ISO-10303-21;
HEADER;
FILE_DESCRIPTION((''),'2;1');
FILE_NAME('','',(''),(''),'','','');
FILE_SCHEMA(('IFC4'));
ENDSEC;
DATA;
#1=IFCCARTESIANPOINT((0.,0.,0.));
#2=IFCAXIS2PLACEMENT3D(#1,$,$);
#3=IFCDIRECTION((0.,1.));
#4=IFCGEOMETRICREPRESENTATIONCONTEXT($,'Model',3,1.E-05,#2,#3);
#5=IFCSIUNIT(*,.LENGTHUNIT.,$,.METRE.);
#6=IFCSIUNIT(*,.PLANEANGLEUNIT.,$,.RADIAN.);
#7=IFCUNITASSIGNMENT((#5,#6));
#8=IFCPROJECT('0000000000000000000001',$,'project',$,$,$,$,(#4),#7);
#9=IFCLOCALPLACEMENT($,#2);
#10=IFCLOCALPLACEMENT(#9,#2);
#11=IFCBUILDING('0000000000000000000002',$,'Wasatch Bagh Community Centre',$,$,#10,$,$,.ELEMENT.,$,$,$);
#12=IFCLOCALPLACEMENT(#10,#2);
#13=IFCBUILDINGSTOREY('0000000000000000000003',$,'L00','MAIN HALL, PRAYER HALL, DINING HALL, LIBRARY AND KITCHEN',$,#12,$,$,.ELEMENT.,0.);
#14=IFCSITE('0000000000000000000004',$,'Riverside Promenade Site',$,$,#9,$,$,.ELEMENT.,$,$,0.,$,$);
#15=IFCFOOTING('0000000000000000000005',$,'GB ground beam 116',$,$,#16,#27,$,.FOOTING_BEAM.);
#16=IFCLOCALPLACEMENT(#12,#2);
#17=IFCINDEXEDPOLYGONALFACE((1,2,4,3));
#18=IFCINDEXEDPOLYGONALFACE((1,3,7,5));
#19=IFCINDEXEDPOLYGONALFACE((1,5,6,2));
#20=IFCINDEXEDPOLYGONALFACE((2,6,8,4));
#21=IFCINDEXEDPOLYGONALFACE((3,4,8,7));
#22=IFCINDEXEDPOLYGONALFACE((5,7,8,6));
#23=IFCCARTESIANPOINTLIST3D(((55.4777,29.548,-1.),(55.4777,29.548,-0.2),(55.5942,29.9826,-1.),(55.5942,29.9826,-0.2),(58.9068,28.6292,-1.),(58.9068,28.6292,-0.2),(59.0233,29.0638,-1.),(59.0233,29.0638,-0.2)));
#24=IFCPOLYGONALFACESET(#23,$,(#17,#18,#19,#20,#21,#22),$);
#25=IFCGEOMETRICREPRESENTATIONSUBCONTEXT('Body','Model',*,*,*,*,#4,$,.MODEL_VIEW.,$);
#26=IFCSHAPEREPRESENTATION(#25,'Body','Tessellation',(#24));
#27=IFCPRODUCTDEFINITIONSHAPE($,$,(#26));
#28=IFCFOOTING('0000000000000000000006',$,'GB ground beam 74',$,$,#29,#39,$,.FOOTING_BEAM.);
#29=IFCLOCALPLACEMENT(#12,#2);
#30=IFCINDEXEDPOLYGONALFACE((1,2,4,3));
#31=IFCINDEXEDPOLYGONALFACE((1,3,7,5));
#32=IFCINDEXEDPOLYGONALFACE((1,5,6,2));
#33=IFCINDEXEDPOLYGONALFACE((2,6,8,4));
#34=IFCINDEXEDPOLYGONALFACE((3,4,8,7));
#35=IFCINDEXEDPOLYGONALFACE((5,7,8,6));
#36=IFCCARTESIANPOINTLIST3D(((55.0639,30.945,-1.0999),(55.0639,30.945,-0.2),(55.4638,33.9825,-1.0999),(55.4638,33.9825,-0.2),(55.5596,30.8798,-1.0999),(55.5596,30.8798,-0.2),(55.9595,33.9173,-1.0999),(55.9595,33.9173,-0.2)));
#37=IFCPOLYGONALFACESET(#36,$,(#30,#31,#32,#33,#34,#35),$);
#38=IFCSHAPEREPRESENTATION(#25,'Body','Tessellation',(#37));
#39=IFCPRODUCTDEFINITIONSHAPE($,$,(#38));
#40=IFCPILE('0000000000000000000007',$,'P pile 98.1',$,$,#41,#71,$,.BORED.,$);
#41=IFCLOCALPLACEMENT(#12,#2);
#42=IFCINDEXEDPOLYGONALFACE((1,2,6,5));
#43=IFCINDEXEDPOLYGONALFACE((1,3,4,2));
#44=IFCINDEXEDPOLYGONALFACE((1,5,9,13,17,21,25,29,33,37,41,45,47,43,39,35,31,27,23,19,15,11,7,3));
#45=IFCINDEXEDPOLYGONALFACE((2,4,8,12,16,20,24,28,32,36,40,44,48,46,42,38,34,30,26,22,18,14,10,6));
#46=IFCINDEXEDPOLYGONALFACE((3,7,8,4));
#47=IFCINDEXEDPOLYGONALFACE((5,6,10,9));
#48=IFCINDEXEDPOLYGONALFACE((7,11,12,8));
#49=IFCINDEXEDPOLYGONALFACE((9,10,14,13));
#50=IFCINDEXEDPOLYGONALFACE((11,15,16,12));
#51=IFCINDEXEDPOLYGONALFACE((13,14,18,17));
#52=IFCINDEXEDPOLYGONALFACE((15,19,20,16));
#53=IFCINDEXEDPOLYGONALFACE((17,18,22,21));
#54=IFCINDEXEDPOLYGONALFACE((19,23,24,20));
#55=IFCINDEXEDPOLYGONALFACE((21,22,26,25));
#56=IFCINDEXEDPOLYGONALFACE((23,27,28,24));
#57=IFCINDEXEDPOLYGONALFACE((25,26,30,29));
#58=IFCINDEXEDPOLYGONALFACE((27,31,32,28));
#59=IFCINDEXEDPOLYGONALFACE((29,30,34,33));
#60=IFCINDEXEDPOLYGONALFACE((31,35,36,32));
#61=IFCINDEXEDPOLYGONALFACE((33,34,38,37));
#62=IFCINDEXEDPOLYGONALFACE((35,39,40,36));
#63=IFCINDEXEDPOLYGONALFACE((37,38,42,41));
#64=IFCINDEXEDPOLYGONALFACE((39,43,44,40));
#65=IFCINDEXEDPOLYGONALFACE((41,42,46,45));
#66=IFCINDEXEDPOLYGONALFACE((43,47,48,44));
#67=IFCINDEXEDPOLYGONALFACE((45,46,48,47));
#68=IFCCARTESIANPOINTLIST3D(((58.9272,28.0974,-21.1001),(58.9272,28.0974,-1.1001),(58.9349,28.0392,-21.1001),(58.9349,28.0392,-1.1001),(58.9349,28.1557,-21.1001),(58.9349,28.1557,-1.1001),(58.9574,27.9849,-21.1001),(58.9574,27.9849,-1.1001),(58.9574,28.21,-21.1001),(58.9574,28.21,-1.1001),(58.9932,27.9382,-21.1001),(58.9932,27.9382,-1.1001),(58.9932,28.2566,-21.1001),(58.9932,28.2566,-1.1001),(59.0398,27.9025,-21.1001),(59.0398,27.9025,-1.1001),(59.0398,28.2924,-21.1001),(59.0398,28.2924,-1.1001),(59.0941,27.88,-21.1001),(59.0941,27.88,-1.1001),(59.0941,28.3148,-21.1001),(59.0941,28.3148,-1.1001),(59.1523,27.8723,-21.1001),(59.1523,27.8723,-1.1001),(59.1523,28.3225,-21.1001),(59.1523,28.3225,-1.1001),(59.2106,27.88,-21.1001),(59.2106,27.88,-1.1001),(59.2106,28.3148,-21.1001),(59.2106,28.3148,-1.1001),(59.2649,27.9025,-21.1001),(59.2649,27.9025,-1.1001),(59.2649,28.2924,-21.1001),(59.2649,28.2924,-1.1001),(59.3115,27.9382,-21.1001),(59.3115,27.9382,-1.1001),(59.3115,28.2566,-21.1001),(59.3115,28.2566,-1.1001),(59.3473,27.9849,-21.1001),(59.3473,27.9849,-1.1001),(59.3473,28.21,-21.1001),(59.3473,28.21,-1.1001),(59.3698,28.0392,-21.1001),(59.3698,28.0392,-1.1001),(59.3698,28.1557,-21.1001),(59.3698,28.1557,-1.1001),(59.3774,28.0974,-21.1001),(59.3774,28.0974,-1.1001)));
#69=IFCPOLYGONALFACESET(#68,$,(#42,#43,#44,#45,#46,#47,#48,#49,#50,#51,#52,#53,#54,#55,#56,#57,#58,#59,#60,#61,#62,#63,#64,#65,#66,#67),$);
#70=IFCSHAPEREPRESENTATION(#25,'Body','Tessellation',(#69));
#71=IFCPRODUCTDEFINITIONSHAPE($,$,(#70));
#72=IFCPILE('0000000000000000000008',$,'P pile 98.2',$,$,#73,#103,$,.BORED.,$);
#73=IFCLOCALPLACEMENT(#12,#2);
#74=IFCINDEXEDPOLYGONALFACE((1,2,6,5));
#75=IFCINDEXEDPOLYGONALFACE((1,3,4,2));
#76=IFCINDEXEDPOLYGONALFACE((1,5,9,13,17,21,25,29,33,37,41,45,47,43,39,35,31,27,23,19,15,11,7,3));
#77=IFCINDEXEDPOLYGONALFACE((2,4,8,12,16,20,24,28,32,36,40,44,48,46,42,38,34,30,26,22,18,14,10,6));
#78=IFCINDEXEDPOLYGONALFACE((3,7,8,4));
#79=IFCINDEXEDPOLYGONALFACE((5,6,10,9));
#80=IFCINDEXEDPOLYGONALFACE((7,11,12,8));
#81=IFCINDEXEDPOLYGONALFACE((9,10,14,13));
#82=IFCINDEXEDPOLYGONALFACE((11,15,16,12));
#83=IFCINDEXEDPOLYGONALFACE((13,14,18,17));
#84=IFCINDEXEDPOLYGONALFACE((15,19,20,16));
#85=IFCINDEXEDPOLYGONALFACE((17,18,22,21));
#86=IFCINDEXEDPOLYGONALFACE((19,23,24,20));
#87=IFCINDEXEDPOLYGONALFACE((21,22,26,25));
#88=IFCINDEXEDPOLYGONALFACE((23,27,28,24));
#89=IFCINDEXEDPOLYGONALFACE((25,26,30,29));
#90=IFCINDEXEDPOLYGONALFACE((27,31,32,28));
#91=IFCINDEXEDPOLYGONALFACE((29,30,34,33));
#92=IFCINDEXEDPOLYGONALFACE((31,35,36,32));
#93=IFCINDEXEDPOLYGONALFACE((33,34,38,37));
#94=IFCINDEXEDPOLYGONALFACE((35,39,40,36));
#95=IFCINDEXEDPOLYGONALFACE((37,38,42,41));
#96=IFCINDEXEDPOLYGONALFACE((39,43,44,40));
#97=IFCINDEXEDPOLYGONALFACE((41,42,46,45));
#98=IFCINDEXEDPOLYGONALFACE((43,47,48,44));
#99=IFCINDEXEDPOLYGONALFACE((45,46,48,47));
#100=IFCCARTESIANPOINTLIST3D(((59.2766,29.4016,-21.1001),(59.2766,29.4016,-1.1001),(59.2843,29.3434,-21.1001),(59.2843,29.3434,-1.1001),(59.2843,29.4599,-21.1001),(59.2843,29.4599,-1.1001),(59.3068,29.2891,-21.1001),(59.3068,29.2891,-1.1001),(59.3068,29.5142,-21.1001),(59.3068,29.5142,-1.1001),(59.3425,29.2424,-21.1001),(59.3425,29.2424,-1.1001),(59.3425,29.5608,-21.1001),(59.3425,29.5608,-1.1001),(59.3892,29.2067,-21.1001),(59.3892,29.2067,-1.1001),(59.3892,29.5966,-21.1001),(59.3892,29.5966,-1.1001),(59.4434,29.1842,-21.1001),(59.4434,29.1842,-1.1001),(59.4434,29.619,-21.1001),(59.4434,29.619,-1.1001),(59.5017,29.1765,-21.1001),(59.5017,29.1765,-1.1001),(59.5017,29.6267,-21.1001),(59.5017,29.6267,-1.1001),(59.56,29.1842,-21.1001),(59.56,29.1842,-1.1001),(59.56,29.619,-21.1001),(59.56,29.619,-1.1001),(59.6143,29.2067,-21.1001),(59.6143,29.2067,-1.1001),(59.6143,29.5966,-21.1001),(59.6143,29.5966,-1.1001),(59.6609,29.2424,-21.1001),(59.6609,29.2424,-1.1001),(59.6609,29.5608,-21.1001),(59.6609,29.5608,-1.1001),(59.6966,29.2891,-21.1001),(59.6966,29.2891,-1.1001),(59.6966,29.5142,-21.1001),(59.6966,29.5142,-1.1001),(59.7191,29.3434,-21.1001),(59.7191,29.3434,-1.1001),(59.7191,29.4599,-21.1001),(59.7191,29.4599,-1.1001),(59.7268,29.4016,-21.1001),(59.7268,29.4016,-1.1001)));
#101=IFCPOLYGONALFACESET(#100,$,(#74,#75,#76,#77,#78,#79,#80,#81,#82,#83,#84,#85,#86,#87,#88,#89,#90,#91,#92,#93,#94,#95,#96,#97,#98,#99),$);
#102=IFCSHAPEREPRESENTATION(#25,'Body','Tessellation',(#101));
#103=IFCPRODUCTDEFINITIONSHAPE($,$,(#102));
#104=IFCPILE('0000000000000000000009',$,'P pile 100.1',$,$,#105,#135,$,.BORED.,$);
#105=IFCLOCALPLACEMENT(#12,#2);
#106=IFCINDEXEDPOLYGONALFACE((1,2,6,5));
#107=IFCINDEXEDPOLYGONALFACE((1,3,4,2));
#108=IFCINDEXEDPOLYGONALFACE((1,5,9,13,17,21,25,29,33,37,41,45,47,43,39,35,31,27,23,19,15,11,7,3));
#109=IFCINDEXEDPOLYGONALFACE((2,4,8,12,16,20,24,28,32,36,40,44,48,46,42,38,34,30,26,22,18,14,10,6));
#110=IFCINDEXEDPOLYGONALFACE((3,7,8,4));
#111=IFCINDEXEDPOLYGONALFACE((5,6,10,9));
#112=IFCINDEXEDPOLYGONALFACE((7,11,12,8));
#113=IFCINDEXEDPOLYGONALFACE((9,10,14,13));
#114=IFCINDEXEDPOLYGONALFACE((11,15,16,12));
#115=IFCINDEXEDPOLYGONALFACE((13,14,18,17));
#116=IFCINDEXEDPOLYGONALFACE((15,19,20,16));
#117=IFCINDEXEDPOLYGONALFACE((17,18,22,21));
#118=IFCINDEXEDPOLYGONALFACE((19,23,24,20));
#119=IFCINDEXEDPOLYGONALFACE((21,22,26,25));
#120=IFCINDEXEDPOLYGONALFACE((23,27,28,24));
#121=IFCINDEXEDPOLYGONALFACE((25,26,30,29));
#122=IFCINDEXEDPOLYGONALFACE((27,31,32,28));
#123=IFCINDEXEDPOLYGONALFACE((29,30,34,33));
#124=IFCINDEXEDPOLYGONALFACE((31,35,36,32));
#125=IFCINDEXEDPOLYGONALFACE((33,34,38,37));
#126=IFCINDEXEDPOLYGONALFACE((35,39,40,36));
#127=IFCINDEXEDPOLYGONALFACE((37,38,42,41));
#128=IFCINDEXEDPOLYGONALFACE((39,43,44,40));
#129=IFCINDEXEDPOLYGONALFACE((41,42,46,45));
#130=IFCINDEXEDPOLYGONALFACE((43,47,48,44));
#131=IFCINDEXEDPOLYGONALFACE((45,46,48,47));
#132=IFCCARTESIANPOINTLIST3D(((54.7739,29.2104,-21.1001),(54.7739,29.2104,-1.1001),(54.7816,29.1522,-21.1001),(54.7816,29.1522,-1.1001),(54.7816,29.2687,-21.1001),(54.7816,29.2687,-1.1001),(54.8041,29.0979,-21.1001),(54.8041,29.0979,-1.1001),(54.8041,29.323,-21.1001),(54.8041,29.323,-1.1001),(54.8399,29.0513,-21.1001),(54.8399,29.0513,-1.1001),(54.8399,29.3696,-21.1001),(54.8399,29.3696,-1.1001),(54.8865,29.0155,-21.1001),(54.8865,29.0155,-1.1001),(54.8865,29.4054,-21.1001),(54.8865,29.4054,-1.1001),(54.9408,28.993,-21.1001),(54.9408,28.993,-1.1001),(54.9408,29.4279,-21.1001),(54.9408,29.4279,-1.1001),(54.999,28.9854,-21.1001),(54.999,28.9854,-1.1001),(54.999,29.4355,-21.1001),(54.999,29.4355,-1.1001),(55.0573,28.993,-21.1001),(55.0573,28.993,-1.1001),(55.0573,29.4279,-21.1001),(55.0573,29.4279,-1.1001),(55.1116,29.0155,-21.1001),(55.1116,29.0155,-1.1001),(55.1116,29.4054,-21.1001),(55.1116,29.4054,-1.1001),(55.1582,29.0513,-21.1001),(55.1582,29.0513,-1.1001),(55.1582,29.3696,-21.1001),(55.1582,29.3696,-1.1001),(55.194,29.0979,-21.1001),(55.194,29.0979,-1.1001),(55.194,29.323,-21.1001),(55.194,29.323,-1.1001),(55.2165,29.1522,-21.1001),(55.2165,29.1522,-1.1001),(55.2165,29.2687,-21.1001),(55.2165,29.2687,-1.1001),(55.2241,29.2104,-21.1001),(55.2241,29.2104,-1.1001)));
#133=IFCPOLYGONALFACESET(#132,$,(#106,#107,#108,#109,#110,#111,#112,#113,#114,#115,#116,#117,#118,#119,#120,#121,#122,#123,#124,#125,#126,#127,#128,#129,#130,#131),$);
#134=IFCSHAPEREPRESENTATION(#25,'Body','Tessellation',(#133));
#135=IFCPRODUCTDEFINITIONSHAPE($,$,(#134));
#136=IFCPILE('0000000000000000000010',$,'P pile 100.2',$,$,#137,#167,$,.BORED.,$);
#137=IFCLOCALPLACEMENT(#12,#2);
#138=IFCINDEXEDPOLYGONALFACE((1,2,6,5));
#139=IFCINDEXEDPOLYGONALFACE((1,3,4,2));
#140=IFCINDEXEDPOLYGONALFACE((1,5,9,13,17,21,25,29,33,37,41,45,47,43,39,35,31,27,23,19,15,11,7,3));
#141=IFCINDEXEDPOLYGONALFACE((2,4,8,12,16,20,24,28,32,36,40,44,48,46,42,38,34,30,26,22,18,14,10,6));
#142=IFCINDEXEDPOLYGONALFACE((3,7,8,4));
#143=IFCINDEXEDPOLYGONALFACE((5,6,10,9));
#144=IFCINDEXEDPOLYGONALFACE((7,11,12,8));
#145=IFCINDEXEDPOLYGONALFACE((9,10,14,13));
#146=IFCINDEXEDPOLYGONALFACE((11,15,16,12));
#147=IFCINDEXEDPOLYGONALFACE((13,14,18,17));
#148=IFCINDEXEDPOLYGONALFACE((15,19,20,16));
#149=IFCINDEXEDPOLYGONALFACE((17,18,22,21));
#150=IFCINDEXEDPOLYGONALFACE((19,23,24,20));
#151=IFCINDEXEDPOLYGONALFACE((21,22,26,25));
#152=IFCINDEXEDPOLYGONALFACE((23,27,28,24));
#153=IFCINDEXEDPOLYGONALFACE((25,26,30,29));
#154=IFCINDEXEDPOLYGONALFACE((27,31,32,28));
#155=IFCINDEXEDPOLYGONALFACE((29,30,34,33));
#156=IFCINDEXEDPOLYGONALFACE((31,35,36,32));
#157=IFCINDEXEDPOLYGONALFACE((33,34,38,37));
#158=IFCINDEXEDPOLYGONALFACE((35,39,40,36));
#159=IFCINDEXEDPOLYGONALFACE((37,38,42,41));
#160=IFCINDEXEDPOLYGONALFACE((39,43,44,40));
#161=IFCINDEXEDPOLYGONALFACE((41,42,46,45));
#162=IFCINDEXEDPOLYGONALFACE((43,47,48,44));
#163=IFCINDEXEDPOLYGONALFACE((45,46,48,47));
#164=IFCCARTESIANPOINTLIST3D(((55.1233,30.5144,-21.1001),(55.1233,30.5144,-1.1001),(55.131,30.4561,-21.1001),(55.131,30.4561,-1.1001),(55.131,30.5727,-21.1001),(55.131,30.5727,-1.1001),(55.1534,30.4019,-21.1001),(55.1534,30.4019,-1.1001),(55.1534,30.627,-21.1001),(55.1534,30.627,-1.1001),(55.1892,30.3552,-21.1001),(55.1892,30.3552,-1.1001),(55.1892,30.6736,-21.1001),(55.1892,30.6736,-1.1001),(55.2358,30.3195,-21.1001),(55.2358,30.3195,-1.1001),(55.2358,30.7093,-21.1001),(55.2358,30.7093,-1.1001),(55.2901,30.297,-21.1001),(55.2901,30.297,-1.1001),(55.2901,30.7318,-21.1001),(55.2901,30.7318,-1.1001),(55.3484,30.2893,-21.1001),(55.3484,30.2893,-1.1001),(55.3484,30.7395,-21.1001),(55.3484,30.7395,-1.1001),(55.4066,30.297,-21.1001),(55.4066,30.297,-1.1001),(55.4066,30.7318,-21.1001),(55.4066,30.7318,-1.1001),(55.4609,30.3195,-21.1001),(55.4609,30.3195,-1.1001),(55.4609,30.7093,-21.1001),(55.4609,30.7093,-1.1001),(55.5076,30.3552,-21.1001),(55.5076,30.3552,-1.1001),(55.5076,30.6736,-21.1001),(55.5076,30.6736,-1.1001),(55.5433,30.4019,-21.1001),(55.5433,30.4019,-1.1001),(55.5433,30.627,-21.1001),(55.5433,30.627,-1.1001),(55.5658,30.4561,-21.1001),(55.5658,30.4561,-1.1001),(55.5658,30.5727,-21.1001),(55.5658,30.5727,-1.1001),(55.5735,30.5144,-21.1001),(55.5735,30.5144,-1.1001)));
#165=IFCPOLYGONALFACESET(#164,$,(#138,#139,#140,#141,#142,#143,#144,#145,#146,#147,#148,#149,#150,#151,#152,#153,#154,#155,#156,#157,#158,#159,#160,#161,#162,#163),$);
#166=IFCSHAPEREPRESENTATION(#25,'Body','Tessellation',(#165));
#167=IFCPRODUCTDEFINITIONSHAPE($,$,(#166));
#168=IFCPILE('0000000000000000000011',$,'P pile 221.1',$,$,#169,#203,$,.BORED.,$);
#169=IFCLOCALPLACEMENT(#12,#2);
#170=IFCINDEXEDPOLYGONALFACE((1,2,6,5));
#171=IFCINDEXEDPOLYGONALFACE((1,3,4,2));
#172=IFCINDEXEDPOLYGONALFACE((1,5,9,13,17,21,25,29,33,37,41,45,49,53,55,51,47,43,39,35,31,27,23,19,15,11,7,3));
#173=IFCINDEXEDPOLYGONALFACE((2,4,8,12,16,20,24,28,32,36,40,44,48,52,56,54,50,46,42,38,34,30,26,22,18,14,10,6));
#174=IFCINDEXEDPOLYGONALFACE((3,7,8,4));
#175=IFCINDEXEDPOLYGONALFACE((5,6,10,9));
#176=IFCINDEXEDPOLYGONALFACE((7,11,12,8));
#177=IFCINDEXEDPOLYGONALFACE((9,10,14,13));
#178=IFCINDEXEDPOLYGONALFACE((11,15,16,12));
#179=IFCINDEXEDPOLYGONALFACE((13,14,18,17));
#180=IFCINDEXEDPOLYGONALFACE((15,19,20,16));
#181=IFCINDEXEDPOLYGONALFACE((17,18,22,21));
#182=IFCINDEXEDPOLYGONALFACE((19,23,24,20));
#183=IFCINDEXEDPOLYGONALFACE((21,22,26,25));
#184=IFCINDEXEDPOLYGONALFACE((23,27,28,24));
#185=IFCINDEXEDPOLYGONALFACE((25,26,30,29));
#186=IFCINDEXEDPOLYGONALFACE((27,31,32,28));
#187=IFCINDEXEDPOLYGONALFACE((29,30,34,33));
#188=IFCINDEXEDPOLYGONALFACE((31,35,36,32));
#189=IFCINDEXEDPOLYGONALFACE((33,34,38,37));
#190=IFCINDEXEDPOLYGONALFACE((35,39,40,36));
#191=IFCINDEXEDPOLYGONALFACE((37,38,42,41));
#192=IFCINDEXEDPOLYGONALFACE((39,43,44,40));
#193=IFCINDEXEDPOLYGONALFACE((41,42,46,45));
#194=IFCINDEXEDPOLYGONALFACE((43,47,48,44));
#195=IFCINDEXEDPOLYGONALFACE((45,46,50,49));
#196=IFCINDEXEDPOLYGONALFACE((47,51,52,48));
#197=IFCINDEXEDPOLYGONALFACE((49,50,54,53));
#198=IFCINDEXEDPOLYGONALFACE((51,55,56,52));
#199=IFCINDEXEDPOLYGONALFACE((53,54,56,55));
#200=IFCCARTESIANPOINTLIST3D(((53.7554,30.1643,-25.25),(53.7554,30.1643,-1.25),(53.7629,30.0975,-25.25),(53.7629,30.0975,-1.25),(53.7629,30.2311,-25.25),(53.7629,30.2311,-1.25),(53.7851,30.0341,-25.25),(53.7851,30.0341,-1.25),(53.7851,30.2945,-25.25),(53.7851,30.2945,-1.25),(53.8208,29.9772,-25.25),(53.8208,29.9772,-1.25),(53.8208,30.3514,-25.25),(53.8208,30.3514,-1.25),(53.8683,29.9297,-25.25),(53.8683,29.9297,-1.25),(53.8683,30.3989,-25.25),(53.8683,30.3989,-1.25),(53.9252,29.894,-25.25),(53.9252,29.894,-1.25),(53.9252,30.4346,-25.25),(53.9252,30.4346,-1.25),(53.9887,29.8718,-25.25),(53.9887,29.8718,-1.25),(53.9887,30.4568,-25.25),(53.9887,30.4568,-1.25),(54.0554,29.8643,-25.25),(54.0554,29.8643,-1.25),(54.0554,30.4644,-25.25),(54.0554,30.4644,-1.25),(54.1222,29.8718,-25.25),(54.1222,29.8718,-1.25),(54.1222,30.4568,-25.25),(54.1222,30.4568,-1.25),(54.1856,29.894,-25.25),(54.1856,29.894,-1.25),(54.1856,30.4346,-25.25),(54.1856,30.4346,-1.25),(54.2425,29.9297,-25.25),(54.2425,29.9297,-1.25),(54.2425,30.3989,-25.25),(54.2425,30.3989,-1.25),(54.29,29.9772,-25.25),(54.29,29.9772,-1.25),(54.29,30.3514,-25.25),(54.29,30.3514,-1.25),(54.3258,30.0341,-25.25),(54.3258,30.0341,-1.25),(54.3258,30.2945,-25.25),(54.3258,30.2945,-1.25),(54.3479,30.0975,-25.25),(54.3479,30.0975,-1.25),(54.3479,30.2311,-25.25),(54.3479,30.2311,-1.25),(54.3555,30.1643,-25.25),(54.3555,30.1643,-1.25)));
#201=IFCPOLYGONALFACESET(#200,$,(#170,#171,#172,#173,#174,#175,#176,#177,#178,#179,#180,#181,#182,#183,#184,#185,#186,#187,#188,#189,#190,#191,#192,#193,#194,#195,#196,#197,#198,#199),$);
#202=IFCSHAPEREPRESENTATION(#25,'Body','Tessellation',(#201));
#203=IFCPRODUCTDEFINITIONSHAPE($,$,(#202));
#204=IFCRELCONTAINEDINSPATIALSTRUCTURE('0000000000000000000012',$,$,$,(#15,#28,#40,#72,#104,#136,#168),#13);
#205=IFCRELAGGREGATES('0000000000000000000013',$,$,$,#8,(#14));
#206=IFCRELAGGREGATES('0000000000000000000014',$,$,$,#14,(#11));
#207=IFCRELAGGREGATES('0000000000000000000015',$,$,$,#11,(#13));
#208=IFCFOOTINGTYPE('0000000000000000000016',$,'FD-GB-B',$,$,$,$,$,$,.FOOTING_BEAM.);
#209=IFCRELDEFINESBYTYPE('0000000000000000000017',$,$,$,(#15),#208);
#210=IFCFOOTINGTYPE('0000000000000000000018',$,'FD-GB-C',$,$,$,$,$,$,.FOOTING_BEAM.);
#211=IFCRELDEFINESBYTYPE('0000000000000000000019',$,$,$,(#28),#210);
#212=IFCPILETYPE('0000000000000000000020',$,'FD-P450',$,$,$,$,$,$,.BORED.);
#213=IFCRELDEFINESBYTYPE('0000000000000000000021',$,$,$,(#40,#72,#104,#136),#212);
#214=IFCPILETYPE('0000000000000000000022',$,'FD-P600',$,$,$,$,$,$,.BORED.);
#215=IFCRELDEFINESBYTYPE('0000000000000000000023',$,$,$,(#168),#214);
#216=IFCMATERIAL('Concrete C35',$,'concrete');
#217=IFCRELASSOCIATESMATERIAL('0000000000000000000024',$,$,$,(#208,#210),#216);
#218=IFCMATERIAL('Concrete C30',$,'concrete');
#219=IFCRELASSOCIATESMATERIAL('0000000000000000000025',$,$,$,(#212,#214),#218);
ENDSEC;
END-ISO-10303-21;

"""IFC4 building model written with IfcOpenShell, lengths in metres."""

from ifc_helpers import new_model, si_unit, direction, frame, origin, origin_2d, place, context, subcontext, project, spatial, rectangle, circle, extrude, material, material_profile, profile_set, type_object, element, save


model = new_model("IFC4")

# Units and contexts
model_context = context("Model", 3, precision=1e-05, world=origin(), true_north=direction((0.0, 1.0)))
body_context = subcontext(model_context, "Body", "Model", "MODEL_VIEW")
ifc_project = project(units=[si_unit("LENGTHUNIT", "METRE"), si_unit("PLANEANGLEUNIT", "RADIAN")], contexts=[model_context])

# Site, building, storey
site_placement = place(None, origin())
site = spatial("IfcSite", under=ifc_project, at=site_placement, Name="Riverside Promenade Site", CompositionType="ELEMENT", RefElevation=0.0)
building_placement = place(site_placement, origin())
building = spatial("IfcBuilding", under=site, at=building_placement, Name="Wasatch Bagh Community Centre", CompositionType="ELEMENT")
storey_placement = place(building_placement, origin())
storey = spatial("IfcBuildingStorey", under=building, at=storey_placement, Name="L00", Description="MAIN HALL, PRAYER HALL, DINING HALL, LIBRARY AND KITCHEN", CompositionType="ELEMENT", Elevation=0.0)

# Footings
ifc_material_1 = material(Name="Concrete C35", Category="concrete")
footing_type_1 = type_object("IfcFootingType", Name="FD-GB-B", PredefinedType="FOOTING_BEAM", material=ifc_material_1)
footing_1_placement = place(storey_placement, frame((57.2505, 29.3059, -1.0), z_axis=(0.0, 0.0, 1.0), x_axis=(0.965926, -0.258819, 0.0)))
element("IfcFooting", 1, at=footing_1_placement, inside=storey, type_object=footing_type_1, Name="GB ground beam 116", PredefinedType="FOOTING_BEAM", context=body_context, shape_type="SweptSolid", body=[
    extrude(rectangle(XDim=3.55, YDim=0.45, at=origin_2d()), origin(), (0.0, 0.0, 1.0), 0.8),
])
footing_type_2 = type_object("IfcFootingType", Name="FD-GB-C", PredefinedType="FOOTING_BEAM", material=ifc_material_1)
footing_2_placement = place(storey_placement, frame((55.5117, 32.4312, -1.0999), z_axis=(0.0, 0.0, 1.0), x_axis=(-0.130526, -0.991445, 0.0)))
element("IfcFooting", 2, at=footing_2_placement, inside=storey, type_object=footing_type_2, Name="GB ground beam 74", PredefinedType="FOOTING_BEAM", context=body_context, shape_type="SweptSolid", body=[
    extrude(rectangle(XDim=3.0637, YDim=0.5, at=origin_2d()), origin(), (0.0, 0.0, 1.0), 0.8999),
])

# Piles
ifc_material_2 = material(Name="Concrete C30", Category="concrete")
ifc_material_profile_1 = material_profile(ifc_material_2, circle(Radius=0.2251, at=origin_2d()), Name="RC D450")
ifc_profile_set_1 = profile_set([ifc_material_profile_1], Name="Concrete C30")
pile_type_1 = type_object("IfcPileType", Name="FD-P450", PredefinedType="BORED", material=ifc_profile_set_1)
for number, where, z_axis, x_axis, name in (
    (3, (59.1523, 28.0974, -1.1001), (0.0, 0.0, -1.0), (1.0, 0.0, 0.0), "P pile 98.1"),
    (4, (59.5017, 29.4016, -1.1001), (0.0, 0.0, -1.0), (1.0, 0.0, 0.0), "P pile 98.2"),
    (5, (54.999, 29.2104, -1.1001), (0.0, 0.0, -1.0), (1.0, 0.0, 0.0), "P pile 100.1"),
    (6, (55.3484, 30.5144, -1.1001), (0.0, 0.0, -1.0), (1.0, 0.0, 0.0), "P pile 100.2"),
):
    element("IfcPile", number, at=place(storey_placement, frame(where, z_axis=z_axis, x_axis=x_axis)), inside=storey, type_object=pile_type_1, Name=name, PredefinedType="BORED", context=body_context, shape_type="SweptSolid", body=[
        extrude(circle(Radius=0.2251, at=origin_2d()), origin(), (0.0, 0.0, 1.0), 20.0),
    ])
ifc_material_profile_2 = material_profile(ifc_material_2, circle(Radius=0.3, at=origin_2d()), Name="RC D600")
ifc_profile_set_2 = profile_set([ifc_material_profile_2], Name="Concrete C30")
pile_type_2 = type_object("IfcPileType", Name="FD-P600", PredefinedType="BORED", material=ifc_profile_set_2)
for number, where, z_axis, x_axis, name in (
    (7, (54.0554, 30.1643, -1.25), (0.0, 0.0, -1.0), (1.0, 0.0, 0.0), "P pile 221.1"),
):
    element("IfcPile", number, at=place(storey_placement, frame(where, z_axis=z_axis, x_axis=x_axis)), inside=storey, type_object=pile_type_2, Name=name, PredefinedType="BORED", context=body_context, shape_type="SweptSolid", body=[
        extrude(circle(Radius=0.3, at=origin_2d()), origin(), (0.0, 0.0, 1.0), 24.0),
    ])

save(model, "model.ifc")
